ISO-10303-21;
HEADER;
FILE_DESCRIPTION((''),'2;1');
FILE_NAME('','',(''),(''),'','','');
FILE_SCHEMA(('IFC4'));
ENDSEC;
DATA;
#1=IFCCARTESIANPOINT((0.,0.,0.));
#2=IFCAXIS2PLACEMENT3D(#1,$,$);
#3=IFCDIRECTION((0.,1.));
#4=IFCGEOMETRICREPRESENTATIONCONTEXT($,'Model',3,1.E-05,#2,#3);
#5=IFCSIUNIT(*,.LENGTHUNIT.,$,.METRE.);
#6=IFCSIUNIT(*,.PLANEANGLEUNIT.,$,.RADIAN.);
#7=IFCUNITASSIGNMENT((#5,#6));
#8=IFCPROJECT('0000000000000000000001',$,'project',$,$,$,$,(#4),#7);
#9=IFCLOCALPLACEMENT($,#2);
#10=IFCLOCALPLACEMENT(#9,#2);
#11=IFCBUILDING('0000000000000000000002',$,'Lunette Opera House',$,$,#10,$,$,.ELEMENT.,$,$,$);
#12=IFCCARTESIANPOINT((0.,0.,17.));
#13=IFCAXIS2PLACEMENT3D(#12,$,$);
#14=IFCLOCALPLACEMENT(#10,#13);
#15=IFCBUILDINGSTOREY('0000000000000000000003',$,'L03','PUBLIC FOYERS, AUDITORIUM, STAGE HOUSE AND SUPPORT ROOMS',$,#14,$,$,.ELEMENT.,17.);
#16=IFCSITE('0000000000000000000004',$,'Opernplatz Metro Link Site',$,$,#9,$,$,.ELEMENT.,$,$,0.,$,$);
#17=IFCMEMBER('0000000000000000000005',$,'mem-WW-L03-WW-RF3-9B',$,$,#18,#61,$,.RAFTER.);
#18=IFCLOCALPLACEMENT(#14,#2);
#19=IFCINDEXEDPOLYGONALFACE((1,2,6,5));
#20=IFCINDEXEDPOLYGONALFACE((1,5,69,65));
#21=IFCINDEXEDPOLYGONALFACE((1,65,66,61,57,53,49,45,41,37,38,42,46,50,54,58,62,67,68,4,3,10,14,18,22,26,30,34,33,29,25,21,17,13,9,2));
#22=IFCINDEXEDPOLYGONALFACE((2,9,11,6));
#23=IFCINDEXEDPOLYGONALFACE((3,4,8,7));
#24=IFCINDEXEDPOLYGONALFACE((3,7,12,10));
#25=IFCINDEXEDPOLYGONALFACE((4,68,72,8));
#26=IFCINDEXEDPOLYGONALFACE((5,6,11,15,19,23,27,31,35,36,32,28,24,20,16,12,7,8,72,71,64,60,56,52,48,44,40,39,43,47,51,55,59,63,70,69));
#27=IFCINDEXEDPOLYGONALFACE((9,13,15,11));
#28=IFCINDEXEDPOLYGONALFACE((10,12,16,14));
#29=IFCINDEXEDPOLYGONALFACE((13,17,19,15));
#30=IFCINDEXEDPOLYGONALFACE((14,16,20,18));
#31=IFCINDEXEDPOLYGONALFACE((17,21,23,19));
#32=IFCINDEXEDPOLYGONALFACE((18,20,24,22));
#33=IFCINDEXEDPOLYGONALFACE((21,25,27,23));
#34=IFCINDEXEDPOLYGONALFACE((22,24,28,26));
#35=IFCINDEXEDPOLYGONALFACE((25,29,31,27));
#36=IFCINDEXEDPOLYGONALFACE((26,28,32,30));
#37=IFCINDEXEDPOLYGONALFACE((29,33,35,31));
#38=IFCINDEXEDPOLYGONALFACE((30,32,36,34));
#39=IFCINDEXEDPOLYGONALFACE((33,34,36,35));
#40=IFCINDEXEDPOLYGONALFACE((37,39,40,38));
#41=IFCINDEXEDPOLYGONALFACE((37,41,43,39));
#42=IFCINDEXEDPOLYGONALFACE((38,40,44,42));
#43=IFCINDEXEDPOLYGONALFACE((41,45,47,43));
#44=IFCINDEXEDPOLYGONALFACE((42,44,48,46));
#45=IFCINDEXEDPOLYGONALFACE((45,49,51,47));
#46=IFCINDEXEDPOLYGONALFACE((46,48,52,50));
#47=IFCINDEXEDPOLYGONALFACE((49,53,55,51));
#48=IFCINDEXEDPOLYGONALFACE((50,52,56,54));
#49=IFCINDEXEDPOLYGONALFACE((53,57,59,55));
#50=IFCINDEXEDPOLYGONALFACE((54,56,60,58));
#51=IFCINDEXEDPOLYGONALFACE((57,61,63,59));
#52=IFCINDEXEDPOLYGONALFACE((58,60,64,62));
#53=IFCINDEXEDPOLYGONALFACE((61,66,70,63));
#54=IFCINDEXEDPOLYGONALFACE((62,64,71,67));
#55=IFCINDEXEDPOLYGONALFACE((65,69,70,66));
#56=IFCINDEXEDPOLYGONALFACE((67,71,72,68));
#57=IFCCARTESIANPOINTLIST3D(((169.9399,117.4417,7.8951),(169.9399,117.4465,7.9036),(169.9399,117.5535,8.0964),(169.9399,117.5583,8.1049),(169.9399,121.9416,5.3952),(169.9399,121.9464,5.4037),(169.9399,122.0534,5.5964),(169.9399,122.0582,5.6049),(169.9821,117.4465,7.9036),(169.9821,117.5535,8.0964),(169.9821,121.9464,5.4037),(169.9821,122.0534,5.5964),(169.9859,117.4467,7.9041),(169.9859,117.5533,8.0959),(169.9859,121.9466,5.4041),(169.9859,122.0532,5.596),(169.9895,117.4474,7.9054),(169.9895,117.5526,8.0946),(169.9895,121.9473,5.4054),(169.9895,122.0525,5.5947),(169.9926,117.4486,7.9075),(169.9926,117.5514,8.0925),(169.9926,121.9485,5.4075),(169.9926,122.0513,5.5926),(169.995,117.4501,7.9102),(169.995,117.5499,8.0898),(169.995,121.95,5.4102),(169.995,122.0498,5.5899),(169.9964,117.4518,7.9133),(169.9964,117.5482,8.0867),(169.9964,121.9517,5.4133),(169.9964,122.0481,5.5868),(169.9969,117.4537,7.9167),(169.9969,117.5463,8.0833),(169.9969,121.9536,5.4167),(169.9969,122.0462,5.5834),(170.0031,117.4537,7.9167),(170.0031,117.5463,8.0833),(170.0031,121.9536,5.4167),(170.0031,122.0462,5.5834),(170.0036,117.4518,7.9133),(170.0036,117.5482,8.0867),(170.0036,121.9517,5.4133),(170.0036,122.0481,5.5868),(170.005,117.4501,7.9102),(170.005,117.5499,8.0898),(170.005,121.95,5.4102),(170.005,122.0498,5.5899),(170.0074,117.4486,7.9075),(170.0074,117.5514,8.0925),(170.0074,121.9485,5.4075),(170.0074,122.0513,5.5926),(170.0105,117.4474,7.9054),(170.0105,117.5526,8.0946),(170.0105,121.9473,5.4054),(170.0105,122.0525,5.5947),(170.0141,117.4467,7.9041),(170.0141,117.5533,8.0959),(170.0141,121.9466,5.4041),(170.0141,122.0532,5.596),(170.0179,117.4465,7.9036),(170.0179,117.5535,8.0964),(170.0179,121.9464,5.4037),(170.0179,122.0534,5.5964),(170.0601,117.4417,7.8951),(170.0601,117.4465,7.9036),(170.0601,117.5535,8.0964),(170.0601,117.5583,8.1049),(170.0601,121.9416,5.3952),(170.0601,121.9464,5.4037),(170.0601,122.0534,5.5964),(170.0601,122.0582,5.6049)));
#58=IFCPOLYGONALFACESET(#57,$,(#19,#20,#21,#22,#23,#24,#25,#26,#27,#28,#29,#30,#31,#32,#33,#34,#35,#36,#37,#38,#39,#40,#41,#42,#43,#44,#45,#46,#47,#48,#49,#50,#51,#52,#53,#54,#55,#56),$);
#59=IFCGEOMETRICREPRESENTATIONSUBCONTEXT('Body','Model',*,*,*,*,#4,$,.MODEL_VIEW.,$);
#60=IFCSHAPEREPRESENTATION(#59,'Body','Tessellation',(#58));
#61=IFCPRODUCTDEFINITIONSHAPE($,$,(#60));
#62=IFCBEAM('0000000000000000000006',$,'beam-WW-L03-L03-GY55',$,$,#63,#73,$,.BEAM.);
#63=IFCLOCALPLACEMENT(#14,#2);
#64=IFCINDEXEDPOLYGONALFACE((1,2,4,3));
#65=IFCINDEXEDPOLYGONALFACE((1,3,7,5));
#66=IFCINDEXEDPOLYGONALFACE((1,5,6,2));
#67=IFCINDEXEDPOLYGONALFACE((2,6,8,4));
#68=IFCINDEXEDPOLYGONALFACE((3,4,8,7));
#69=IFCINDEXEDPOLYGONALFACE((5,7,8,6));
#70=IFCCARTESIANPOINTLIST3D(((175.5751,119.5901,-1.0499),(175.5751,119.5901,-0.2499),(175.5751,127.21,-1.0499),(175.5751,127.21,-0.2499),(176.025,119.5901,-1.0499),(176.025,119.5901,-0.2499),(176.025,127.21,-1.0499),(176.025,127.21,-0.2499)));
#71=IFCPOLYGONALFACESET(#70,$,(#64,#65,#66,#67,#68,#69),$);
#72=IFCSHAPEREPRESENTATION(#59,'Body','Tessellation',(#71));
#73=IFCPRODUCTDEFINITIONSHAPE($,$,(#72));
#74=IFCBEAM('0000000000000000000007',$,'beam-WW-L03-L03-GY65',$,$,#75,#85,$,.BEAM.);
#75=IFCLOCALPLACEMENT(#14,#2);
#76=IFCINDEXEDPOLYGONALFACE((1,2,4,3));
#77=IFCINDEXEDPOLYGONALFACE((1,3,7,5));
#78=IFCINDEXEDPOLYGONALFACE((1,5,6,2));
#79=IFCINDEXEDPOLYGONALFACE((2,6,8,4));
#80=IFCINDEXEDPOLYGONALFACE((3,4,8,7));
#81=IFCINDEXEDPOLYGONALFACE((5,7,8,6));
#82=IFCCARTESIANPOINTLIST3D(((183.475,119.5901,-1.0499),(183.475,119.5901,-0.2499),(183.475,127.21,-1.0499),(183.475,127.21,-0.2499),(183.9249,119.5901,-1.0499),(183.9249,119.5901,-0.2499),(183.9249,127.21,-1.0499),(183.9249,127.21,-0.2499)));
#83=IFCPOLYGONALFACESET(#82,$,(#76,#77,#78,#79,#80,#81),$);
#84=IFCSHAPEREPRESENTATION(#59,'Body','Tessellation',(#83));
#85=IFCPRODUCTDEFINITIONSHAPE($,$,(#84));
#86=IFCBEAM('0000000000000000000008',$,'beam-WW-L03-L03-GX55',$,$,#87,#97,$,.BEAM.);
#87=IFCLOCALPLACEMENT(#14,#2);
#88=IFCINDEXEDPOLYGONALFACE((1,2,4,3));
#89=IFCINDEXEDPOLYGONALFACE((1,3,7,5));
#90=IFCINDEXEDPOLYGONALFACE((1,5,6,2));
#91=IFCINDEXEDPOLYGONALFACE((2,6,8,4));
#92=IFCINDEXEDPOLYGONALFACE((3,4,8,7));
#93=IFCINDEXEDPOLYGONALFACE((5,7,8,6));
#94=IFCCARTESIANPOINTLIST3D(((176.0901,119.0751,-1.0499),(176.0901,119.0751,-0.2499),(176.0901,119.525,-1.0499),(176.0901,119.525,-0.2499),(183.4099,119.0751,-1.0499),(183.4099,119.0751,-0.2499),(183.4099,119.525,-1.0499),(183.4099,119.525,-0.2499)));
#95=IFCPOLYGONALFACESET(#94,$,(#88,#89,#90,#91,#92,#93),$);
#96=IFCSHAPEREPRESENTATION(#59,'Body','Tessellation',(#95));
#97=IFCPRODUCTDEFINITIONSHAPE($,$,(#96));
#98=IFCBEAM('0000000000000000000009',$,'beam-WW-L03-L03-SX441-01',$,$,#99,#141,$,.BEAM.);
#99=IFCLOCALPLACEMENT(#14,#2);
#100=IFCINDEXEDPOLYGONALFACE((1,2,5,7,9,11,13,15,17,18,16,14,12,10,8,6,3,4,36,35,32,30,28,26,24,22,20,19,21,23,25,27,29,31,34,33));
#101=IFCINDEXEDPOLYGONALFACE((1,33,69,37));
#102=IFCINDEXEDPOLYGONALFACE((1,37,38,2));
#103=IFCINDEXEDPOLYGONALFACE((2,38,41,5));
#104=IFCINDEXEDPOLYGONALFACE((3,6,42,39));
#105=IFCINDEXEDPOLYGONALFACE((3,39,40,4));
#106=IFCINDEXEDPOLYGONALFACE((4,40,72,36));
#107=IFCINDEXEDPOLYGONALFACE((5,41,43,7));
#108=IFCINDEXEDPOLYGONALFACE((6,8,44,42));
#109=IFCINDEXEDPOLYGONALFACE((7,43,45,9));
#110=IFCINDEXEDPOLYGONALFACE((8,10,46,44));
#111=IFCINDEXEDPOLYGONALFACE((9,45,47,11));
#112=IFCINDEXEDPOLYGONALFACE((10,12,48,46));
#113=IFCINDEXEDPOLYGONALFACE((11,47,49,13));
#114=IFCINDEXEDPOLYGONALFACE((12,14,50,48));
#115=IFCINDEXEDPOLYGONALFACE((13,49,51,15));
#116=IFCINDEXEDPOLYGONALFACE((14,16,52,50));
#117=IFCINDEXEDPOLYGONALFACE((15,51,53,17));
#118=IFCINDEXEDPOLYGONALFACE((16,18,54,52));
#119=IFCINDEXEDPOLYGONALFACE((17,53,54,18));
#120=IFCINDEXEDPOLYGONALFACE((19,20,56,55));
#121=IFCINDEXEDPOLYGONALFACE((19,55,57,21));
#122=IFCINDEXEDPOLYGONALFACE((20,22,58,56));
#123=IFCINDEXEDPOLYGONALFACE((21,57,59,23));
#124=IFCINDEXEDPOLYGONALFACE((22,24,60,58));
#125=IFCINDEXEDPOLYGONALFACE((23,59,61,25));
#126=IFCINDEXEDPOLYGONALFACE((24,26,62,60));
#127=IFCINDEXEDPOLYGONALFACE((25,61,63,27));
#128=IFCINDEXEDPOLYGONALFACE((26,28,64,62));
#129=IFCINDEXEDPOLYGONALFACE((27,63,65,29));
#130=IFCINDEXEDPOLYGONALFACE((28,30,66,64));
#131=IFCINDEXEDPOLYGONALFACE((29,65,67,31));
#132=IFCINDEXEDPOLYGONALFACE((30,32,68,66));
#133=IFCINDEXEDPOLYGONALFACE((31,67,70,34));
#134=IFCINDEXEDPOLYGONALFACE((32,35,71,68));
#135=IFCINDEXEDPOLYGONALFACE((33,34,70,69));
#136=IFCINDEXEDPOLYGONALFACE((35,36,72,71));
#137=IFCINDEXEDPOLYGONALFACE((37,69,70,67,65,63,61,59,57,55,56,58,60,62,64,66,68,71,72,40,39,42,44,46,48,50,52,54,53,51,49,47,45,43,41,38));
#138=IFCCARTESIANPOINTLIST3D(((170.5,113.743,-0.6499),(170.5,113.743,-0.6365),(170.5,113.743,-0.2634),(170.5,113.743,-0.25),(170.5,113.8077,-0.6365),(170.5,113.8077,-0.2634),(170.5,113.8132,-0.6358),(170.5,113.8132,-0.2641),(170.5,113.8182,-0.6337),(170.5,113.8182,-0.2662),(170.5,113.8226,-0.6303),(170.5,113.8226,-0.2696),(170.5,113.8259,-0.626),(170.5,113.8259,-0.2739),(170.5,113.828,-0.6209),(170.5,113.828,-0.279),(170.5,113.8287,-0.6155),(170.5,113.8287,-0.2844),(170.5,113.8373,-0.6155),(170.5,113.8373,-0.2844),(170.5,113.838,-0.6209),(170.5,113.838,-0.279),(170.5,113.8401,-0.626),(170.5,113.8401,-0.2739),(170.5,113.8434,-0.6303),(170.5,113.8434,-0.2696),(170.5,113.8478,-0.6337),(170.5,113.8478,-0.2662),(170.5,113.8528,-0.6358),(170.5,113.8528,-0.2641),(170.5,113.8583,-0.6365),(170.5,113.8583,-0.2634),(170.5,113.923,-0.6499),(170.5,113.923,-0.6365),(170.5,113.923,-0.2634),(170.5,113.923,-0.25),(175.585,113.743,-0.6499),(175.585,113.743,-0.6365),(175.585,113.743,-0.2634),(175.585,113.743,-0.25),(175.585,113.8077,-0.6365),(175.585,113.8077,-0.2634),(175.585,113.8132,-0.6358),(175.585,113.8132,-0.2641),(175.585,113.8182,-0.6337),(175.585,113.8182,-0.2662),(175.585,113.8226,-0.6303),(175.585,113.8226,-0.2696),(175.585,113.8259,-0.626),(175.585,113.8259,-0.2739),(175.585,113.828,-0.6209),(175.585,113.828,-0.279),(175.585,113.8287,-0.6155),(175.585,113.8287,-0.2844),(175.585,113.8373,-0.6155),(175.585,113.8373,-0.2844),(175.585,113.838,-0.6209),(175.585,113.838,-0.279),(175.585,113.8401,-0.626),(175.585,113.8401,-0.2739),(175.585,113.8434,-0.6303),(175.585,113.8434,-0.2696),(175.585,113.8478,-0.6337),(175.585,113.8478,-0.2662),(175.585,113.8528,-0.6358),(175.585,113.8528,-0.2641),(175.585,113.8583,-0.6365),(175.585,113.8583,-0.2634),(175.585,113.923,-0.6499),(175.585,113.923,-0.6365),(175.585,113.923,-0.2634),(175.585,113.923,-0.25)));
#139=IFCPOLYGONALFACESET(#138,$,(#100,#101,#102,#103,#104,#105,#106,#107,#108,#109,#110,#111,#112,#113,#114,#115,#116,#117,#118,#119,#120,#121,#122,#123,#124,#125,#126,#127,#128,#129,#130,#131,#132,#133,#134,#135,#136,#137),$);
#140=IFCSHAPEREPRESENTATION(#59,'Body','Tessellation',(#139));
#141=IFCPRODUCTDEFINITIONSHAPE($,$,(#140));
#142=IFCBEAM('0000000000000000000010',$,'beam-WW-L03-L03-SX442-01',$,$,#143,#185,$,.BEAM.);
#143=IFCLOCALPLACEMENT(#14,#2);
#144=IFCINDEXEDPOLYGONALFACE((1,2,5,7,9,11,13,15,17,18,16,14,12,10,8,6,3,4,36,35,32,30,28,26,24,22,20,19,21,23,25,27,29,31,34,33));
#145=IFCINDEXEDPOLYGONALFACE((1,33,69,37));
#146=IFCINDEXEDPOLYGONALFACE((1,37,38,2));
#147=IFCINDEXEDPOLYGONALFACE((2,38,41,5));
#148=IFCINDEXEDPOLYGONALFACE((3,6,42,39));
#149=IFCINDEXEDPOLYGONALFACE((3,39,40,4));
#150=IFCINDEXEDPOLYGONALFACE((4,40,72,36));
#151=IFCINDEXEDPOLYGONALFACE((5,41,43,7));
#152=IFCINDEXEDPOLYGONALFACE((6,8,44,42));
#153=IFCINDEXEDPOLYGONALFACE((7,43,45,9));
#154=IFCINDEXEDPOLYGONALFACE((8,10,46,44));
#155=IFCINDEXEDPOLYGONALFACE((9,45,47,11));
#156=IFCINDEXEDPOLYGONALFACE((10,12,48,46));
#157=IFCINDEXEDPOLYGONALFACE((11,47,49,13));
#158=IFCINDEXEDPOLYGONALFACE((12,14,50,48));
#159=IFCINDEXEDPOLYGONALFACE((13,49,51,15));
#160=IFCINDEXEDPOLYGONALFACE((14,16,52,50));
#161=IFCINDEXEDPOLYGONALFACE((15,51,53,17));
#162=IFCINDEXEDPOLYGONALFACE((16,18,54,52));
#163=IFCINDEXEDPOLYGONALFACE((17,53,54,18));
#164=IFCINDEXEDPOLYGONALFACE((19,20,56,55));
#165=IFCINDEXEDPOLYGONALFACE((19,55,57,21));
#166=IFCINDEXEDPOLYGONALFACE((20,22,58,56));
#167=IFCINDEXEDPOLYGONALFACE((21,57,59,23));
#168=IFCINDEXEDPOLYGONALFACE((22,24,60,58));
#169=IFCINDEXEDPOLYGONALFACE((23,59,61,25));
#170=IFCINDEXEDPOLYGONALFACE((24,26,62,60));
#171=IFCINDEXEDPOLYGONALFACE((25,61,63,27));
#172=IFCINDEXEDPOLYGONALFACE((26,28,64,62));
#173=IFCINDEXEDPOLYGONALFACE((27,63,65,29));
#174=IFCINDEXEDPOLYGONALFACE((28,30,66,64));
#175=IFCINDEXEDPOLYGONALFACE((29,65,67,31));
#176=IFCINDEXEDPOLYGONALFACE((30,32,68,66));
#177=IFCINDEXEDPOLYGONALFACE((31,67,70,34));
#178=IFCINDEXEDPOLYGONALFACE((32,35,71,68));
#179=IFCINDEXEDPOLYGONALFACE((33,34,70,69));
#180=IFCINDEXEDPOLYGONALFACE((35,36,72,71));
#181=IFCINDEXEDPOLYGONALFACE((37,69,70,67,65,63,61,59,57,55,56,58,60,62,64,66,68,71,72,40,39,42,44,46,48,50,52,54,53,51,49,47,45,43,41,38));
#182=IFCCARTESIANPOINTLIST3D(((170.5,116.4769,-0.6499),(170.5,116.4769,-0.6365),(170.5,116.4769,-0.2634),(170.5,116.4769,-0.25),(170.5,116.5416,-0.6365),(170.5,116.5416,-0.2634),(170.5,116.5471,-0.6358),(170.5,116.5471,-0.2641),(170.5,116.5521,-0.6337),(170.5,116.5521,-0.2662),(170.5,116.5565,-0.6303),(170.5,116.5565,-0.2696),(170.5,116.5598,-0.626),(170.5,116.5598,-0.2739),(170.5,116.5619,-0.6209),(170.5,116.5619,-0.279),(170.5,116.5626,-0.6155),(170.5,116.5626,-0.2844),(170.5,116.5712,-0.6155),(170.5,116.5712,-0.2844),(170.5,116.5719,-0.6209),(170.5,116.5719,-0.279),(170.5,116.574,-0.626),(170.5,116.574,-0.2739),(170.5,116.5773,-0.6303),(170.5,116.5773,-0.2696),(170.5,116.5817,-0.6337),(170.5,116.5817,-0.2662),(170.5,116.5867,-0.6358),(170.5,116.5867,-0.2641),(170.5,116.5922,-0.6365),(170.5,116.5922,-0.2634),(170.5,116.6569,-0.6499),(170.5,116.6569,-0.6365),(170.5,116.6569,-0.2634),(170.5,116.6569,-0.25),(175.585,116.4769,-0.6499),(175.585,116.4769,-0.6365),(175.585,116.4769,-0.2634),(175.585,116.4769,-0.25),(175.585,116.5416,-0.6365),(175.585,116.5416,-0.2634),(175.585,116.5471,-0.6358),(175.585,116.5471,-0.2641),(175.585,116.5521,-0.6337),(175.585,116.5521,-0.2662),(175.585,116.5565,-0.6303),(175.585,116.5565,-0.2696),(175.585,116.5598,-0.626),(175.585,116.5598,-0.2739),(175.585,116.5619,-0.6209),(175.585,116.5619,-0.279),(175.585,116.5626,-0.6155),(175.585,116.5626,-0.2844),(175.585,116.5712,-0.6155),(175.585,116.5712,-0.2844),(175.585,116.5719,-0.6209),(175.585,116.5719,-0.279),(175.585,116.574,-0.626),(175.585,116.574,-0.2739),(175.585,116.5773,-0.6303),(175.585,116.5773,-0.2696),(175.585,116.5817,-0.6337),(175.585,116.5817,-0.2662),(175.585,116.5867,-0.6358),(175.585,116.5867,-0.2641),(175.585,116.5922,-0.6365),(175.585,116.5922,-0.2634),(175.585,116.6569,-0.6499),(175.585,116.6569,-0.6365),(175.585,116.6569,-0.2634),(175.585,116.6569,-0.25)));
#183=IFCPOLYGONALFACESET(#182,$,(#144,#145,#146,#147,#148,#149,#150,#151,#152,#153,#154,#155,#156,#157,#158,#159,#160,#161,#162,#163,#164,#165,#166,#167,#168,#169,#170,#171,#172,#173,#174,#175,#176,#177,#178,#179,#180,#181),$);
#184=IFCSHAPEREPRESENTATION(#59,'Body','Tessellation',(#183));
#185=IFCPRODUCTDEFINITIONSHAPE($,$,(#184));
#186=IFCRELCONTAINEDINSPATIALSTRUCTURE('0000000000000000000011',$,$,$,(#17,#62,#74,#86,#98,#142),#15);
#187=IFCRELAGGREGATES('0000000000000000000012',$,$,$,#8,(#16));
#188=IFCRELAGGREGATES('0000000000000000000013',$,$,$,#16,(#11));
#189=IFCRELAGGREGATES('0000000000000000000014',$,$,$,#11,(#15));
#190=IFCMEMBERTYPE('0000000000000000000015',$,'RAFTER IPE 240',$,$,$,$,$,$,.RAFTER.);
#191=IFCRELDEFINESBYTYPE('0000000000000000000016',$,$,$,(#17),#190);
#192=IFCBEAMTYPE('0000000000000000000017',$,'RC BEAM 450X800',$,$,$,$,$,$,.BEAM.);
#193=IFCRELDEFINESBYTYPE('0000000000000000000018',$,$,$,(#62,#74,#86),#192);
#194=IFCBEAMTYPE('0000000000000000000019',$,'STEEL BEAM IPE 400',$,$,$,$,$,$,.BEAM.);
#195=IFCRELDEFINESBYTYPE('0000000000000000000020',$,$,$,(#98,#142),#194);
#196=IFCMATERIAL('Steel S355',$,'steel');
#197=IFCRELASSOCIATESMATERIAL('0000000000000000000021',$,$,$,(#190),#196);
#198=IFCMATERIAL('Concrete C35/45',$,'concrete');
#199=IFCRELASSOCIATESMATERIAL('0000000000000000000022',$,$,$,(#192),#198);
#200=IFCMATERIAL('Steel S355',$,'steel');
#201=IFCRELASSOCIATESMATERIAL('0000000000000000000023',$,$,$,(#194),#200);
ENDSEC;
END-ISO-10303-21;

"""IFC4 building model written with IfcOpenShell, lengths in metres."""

from ifc_helpers import new_model, si_unit, direction, frame, origin, origin_2d, place, context, subcontext, project, spatial, rectangle, i_section, extrude, material, material_profile, profile_set, type_object, element, save


model = new_model("IFC4")

# Units and contexts
model_context = context("Model", 3, precision=1e-05, world=origin(), true_north=direction((0.0, 1.0)))
body_context = subcontext(model_context, "Body", "Model", "MODEL_VIEW")
ifc_project = project(units=[si_unit("LENGTHUNIT", "METRE"), si_unit("PLANEANGLEUNIT", "RADIAN")], contexts=[model_context])

# Site, building, storey
site_placement = place(None, origin())
site = spatial("IfcSite", under=ifc_project, at=site_placement, Name="Opernplatz Metro Link Site", CompositionType="ELEMENT", RefElevation=0.0)
building_placement = place(site_placement, origin())
building = spatial("IfcBuilding", under=site, at=building_placement, Name="Lunette Opera House", CompositionType="ELEMENT")
storey_placement = place(building_placement, frame((0.0, 0.0, 17.0)))
storey = spatial("IfcBuildingStorey", under=building, at=storey_placement, Name="L03", Description="PUBLIC FOYERS, AUDITORIUM, STAGE HOUSE AND SUPPORT ROOMS", CompositionType="ELEMENT", Elevation=17.0)

# Member
ifc_material_1 = material(Name="Steel S355", Category="steel")
ifc_material_profile_1 = material_profile(ifc_material_1, i_section(OverallWidth=0.1201, OverallDepth=0.24, WebThickness=0.0061, FlangeThickness=0.0098, FilletRadius=0.0149, at=origin_2d()), Name="IPE 240")
ifc_profile_set_1 = profile_set([ifc_material_profile_1], Name="Steel S355")
member_type_1 = type_object("IfcMemberType", Name="RAFTER IPE 240", PredefinedType="RAFTER", material=ifc_profile_set_1)
member_1_placement = place(storey_placement, frame((170.0, 117.5, 8.0), z_axis=(0.0, 0.874157, -0.485643), x_axis=(-1.0, 0.0, 0.0)))
element("IfcMember", 1, at=member_1_placement, inside=storey, type_object=member_type_1, Name="mem-WW-L03-WW-RF3-9B", PredefinedType="RAFTER", context=body_context, shape_type="SweptSolid", body=[
    extrude(i_section(OverallWidth=0.1201, OverallDepth=0.24, WebThickness=0.0061, FlangeThickness=0.0098, FilletRadius=0.0149, at=origin_2d()), origin(), (0.0, 0.0, 1.0), 5.1477),
])

# Beams
ifc_material_2 = material(Name="Concrete C35/45", Category="concrete")
ifc_material_profile_2 = material_profile(ifc_material_2, rectangle(XDim=0.45, YDim=0.8, at=origin_2d()), Name="RC BEAM 450X800")
ifc_profile_set_2 = profile_set([ifc_material_profile_2], Name="Concrete C35/45")
beam_type_1 = type_object("IfcBeamType", Name="RC BEAM 450X800", PredefinedType="BEAM", material=ifc_profile_set_2)
for number, where, z_axis, x_axis, name in (
    (2, (175.8, 119.5901, -0.6499), (0.0, 1.0, 0.0), (-1.0, 0.0, 0.0), "beam-WW-L03-L03-GY55"),
    (3, (183.7, 119.5901, -0.6499), (0.0, 1.0, 0.0), (-1.0, 0.0, 0.0), "beam-WW-L03-L03-GY65"),
):
    element("IfcBeam", number, at=place(storey_placement, frame(where, z_axis=z_axis, x_axis=x_axis)), inside=storey, type_object=beam_type_1, Name=name, PredefinedType="BEAM", context=body_context, shape_type="SweptSolid", body=[
        extrude(rectangle(XDim=0.45, YDim=0.8, at=origin_2d()), origin(), (0.0, 0.0, 1.0), 7.6199),
    ])
beam_placement = place(storey_placement, frame((176.0901, 119.3, -0.6499), z_axis=(1.0, 0.0, 0.0), x_axis=(0.0, 1.0, 0.0)))
element("IfcBeam", 4, at=beam_placement, inside=storey, type_object=beam_type_1, Name="beam-WW-L03-L03-GX55", PredefinedType="BEAM", context=body_context, shape_type="SweptSolid", body=[
    extrude(rectangle(XDim=0.45, YDim=0.8, at=origin_2d()), origin(), (0.0, 0.0, 1.0), 7.3198),
])
ifc_material_3 = material(Name="Steel S355", Category="steel")
ifc_material_profile_3 = material_profile(ifc_material_3, i_section(OverallWidth=0.1799, OverallDepth=0.3999, WebThickness=0.0085, FlangeThickness=0.0134, FilletRadius=0.021, at=origin_2d()), Name="IPE 400")
ifc_profile_set_3 = profile_set([ifc_material_profile_3], Name="Steel S355")
beam_type_2 = type_object("IfcBeamType", Name="STEEL BEAM IPE 400", PredefinedType="BEAM", material=ifc_profile_set_3)
for number, where, z_axis, x_axis, name in (
    (5, (170.5, 113.833, -0.45), (1.0, 0.0, 0.0), (0.0, 1.0, 0.0), "beam-WW-L03-L03-SX441-01"),
    (6, (170.5, 116.5669, -0.45), (1.0, 0.0, 0.0), (0.0, 1.0, 0.0), "beam-WW-L03-L03-SX442-01"),
):
    element("IfcBeam", number, at=place(storey_placement, frame(where, z_axis=z_axis, x_axis=x_axis)), inside=storey, type_object=beam_type_2, Name=name, PredefinedType="BEAM", context=body_context, shape_type="SweptSolid", body=[
        extrude(i_section(OverallWidth=0.1799, OverallDepth=0.3999, WebThickness=0.0085, FlangeThickness=0.0134, FilletRadius=0.021, at=origin_2d()), origin(), (0.0, 0.0, 1.0), 5.085),
    ])

save(model, "model.ifc")
